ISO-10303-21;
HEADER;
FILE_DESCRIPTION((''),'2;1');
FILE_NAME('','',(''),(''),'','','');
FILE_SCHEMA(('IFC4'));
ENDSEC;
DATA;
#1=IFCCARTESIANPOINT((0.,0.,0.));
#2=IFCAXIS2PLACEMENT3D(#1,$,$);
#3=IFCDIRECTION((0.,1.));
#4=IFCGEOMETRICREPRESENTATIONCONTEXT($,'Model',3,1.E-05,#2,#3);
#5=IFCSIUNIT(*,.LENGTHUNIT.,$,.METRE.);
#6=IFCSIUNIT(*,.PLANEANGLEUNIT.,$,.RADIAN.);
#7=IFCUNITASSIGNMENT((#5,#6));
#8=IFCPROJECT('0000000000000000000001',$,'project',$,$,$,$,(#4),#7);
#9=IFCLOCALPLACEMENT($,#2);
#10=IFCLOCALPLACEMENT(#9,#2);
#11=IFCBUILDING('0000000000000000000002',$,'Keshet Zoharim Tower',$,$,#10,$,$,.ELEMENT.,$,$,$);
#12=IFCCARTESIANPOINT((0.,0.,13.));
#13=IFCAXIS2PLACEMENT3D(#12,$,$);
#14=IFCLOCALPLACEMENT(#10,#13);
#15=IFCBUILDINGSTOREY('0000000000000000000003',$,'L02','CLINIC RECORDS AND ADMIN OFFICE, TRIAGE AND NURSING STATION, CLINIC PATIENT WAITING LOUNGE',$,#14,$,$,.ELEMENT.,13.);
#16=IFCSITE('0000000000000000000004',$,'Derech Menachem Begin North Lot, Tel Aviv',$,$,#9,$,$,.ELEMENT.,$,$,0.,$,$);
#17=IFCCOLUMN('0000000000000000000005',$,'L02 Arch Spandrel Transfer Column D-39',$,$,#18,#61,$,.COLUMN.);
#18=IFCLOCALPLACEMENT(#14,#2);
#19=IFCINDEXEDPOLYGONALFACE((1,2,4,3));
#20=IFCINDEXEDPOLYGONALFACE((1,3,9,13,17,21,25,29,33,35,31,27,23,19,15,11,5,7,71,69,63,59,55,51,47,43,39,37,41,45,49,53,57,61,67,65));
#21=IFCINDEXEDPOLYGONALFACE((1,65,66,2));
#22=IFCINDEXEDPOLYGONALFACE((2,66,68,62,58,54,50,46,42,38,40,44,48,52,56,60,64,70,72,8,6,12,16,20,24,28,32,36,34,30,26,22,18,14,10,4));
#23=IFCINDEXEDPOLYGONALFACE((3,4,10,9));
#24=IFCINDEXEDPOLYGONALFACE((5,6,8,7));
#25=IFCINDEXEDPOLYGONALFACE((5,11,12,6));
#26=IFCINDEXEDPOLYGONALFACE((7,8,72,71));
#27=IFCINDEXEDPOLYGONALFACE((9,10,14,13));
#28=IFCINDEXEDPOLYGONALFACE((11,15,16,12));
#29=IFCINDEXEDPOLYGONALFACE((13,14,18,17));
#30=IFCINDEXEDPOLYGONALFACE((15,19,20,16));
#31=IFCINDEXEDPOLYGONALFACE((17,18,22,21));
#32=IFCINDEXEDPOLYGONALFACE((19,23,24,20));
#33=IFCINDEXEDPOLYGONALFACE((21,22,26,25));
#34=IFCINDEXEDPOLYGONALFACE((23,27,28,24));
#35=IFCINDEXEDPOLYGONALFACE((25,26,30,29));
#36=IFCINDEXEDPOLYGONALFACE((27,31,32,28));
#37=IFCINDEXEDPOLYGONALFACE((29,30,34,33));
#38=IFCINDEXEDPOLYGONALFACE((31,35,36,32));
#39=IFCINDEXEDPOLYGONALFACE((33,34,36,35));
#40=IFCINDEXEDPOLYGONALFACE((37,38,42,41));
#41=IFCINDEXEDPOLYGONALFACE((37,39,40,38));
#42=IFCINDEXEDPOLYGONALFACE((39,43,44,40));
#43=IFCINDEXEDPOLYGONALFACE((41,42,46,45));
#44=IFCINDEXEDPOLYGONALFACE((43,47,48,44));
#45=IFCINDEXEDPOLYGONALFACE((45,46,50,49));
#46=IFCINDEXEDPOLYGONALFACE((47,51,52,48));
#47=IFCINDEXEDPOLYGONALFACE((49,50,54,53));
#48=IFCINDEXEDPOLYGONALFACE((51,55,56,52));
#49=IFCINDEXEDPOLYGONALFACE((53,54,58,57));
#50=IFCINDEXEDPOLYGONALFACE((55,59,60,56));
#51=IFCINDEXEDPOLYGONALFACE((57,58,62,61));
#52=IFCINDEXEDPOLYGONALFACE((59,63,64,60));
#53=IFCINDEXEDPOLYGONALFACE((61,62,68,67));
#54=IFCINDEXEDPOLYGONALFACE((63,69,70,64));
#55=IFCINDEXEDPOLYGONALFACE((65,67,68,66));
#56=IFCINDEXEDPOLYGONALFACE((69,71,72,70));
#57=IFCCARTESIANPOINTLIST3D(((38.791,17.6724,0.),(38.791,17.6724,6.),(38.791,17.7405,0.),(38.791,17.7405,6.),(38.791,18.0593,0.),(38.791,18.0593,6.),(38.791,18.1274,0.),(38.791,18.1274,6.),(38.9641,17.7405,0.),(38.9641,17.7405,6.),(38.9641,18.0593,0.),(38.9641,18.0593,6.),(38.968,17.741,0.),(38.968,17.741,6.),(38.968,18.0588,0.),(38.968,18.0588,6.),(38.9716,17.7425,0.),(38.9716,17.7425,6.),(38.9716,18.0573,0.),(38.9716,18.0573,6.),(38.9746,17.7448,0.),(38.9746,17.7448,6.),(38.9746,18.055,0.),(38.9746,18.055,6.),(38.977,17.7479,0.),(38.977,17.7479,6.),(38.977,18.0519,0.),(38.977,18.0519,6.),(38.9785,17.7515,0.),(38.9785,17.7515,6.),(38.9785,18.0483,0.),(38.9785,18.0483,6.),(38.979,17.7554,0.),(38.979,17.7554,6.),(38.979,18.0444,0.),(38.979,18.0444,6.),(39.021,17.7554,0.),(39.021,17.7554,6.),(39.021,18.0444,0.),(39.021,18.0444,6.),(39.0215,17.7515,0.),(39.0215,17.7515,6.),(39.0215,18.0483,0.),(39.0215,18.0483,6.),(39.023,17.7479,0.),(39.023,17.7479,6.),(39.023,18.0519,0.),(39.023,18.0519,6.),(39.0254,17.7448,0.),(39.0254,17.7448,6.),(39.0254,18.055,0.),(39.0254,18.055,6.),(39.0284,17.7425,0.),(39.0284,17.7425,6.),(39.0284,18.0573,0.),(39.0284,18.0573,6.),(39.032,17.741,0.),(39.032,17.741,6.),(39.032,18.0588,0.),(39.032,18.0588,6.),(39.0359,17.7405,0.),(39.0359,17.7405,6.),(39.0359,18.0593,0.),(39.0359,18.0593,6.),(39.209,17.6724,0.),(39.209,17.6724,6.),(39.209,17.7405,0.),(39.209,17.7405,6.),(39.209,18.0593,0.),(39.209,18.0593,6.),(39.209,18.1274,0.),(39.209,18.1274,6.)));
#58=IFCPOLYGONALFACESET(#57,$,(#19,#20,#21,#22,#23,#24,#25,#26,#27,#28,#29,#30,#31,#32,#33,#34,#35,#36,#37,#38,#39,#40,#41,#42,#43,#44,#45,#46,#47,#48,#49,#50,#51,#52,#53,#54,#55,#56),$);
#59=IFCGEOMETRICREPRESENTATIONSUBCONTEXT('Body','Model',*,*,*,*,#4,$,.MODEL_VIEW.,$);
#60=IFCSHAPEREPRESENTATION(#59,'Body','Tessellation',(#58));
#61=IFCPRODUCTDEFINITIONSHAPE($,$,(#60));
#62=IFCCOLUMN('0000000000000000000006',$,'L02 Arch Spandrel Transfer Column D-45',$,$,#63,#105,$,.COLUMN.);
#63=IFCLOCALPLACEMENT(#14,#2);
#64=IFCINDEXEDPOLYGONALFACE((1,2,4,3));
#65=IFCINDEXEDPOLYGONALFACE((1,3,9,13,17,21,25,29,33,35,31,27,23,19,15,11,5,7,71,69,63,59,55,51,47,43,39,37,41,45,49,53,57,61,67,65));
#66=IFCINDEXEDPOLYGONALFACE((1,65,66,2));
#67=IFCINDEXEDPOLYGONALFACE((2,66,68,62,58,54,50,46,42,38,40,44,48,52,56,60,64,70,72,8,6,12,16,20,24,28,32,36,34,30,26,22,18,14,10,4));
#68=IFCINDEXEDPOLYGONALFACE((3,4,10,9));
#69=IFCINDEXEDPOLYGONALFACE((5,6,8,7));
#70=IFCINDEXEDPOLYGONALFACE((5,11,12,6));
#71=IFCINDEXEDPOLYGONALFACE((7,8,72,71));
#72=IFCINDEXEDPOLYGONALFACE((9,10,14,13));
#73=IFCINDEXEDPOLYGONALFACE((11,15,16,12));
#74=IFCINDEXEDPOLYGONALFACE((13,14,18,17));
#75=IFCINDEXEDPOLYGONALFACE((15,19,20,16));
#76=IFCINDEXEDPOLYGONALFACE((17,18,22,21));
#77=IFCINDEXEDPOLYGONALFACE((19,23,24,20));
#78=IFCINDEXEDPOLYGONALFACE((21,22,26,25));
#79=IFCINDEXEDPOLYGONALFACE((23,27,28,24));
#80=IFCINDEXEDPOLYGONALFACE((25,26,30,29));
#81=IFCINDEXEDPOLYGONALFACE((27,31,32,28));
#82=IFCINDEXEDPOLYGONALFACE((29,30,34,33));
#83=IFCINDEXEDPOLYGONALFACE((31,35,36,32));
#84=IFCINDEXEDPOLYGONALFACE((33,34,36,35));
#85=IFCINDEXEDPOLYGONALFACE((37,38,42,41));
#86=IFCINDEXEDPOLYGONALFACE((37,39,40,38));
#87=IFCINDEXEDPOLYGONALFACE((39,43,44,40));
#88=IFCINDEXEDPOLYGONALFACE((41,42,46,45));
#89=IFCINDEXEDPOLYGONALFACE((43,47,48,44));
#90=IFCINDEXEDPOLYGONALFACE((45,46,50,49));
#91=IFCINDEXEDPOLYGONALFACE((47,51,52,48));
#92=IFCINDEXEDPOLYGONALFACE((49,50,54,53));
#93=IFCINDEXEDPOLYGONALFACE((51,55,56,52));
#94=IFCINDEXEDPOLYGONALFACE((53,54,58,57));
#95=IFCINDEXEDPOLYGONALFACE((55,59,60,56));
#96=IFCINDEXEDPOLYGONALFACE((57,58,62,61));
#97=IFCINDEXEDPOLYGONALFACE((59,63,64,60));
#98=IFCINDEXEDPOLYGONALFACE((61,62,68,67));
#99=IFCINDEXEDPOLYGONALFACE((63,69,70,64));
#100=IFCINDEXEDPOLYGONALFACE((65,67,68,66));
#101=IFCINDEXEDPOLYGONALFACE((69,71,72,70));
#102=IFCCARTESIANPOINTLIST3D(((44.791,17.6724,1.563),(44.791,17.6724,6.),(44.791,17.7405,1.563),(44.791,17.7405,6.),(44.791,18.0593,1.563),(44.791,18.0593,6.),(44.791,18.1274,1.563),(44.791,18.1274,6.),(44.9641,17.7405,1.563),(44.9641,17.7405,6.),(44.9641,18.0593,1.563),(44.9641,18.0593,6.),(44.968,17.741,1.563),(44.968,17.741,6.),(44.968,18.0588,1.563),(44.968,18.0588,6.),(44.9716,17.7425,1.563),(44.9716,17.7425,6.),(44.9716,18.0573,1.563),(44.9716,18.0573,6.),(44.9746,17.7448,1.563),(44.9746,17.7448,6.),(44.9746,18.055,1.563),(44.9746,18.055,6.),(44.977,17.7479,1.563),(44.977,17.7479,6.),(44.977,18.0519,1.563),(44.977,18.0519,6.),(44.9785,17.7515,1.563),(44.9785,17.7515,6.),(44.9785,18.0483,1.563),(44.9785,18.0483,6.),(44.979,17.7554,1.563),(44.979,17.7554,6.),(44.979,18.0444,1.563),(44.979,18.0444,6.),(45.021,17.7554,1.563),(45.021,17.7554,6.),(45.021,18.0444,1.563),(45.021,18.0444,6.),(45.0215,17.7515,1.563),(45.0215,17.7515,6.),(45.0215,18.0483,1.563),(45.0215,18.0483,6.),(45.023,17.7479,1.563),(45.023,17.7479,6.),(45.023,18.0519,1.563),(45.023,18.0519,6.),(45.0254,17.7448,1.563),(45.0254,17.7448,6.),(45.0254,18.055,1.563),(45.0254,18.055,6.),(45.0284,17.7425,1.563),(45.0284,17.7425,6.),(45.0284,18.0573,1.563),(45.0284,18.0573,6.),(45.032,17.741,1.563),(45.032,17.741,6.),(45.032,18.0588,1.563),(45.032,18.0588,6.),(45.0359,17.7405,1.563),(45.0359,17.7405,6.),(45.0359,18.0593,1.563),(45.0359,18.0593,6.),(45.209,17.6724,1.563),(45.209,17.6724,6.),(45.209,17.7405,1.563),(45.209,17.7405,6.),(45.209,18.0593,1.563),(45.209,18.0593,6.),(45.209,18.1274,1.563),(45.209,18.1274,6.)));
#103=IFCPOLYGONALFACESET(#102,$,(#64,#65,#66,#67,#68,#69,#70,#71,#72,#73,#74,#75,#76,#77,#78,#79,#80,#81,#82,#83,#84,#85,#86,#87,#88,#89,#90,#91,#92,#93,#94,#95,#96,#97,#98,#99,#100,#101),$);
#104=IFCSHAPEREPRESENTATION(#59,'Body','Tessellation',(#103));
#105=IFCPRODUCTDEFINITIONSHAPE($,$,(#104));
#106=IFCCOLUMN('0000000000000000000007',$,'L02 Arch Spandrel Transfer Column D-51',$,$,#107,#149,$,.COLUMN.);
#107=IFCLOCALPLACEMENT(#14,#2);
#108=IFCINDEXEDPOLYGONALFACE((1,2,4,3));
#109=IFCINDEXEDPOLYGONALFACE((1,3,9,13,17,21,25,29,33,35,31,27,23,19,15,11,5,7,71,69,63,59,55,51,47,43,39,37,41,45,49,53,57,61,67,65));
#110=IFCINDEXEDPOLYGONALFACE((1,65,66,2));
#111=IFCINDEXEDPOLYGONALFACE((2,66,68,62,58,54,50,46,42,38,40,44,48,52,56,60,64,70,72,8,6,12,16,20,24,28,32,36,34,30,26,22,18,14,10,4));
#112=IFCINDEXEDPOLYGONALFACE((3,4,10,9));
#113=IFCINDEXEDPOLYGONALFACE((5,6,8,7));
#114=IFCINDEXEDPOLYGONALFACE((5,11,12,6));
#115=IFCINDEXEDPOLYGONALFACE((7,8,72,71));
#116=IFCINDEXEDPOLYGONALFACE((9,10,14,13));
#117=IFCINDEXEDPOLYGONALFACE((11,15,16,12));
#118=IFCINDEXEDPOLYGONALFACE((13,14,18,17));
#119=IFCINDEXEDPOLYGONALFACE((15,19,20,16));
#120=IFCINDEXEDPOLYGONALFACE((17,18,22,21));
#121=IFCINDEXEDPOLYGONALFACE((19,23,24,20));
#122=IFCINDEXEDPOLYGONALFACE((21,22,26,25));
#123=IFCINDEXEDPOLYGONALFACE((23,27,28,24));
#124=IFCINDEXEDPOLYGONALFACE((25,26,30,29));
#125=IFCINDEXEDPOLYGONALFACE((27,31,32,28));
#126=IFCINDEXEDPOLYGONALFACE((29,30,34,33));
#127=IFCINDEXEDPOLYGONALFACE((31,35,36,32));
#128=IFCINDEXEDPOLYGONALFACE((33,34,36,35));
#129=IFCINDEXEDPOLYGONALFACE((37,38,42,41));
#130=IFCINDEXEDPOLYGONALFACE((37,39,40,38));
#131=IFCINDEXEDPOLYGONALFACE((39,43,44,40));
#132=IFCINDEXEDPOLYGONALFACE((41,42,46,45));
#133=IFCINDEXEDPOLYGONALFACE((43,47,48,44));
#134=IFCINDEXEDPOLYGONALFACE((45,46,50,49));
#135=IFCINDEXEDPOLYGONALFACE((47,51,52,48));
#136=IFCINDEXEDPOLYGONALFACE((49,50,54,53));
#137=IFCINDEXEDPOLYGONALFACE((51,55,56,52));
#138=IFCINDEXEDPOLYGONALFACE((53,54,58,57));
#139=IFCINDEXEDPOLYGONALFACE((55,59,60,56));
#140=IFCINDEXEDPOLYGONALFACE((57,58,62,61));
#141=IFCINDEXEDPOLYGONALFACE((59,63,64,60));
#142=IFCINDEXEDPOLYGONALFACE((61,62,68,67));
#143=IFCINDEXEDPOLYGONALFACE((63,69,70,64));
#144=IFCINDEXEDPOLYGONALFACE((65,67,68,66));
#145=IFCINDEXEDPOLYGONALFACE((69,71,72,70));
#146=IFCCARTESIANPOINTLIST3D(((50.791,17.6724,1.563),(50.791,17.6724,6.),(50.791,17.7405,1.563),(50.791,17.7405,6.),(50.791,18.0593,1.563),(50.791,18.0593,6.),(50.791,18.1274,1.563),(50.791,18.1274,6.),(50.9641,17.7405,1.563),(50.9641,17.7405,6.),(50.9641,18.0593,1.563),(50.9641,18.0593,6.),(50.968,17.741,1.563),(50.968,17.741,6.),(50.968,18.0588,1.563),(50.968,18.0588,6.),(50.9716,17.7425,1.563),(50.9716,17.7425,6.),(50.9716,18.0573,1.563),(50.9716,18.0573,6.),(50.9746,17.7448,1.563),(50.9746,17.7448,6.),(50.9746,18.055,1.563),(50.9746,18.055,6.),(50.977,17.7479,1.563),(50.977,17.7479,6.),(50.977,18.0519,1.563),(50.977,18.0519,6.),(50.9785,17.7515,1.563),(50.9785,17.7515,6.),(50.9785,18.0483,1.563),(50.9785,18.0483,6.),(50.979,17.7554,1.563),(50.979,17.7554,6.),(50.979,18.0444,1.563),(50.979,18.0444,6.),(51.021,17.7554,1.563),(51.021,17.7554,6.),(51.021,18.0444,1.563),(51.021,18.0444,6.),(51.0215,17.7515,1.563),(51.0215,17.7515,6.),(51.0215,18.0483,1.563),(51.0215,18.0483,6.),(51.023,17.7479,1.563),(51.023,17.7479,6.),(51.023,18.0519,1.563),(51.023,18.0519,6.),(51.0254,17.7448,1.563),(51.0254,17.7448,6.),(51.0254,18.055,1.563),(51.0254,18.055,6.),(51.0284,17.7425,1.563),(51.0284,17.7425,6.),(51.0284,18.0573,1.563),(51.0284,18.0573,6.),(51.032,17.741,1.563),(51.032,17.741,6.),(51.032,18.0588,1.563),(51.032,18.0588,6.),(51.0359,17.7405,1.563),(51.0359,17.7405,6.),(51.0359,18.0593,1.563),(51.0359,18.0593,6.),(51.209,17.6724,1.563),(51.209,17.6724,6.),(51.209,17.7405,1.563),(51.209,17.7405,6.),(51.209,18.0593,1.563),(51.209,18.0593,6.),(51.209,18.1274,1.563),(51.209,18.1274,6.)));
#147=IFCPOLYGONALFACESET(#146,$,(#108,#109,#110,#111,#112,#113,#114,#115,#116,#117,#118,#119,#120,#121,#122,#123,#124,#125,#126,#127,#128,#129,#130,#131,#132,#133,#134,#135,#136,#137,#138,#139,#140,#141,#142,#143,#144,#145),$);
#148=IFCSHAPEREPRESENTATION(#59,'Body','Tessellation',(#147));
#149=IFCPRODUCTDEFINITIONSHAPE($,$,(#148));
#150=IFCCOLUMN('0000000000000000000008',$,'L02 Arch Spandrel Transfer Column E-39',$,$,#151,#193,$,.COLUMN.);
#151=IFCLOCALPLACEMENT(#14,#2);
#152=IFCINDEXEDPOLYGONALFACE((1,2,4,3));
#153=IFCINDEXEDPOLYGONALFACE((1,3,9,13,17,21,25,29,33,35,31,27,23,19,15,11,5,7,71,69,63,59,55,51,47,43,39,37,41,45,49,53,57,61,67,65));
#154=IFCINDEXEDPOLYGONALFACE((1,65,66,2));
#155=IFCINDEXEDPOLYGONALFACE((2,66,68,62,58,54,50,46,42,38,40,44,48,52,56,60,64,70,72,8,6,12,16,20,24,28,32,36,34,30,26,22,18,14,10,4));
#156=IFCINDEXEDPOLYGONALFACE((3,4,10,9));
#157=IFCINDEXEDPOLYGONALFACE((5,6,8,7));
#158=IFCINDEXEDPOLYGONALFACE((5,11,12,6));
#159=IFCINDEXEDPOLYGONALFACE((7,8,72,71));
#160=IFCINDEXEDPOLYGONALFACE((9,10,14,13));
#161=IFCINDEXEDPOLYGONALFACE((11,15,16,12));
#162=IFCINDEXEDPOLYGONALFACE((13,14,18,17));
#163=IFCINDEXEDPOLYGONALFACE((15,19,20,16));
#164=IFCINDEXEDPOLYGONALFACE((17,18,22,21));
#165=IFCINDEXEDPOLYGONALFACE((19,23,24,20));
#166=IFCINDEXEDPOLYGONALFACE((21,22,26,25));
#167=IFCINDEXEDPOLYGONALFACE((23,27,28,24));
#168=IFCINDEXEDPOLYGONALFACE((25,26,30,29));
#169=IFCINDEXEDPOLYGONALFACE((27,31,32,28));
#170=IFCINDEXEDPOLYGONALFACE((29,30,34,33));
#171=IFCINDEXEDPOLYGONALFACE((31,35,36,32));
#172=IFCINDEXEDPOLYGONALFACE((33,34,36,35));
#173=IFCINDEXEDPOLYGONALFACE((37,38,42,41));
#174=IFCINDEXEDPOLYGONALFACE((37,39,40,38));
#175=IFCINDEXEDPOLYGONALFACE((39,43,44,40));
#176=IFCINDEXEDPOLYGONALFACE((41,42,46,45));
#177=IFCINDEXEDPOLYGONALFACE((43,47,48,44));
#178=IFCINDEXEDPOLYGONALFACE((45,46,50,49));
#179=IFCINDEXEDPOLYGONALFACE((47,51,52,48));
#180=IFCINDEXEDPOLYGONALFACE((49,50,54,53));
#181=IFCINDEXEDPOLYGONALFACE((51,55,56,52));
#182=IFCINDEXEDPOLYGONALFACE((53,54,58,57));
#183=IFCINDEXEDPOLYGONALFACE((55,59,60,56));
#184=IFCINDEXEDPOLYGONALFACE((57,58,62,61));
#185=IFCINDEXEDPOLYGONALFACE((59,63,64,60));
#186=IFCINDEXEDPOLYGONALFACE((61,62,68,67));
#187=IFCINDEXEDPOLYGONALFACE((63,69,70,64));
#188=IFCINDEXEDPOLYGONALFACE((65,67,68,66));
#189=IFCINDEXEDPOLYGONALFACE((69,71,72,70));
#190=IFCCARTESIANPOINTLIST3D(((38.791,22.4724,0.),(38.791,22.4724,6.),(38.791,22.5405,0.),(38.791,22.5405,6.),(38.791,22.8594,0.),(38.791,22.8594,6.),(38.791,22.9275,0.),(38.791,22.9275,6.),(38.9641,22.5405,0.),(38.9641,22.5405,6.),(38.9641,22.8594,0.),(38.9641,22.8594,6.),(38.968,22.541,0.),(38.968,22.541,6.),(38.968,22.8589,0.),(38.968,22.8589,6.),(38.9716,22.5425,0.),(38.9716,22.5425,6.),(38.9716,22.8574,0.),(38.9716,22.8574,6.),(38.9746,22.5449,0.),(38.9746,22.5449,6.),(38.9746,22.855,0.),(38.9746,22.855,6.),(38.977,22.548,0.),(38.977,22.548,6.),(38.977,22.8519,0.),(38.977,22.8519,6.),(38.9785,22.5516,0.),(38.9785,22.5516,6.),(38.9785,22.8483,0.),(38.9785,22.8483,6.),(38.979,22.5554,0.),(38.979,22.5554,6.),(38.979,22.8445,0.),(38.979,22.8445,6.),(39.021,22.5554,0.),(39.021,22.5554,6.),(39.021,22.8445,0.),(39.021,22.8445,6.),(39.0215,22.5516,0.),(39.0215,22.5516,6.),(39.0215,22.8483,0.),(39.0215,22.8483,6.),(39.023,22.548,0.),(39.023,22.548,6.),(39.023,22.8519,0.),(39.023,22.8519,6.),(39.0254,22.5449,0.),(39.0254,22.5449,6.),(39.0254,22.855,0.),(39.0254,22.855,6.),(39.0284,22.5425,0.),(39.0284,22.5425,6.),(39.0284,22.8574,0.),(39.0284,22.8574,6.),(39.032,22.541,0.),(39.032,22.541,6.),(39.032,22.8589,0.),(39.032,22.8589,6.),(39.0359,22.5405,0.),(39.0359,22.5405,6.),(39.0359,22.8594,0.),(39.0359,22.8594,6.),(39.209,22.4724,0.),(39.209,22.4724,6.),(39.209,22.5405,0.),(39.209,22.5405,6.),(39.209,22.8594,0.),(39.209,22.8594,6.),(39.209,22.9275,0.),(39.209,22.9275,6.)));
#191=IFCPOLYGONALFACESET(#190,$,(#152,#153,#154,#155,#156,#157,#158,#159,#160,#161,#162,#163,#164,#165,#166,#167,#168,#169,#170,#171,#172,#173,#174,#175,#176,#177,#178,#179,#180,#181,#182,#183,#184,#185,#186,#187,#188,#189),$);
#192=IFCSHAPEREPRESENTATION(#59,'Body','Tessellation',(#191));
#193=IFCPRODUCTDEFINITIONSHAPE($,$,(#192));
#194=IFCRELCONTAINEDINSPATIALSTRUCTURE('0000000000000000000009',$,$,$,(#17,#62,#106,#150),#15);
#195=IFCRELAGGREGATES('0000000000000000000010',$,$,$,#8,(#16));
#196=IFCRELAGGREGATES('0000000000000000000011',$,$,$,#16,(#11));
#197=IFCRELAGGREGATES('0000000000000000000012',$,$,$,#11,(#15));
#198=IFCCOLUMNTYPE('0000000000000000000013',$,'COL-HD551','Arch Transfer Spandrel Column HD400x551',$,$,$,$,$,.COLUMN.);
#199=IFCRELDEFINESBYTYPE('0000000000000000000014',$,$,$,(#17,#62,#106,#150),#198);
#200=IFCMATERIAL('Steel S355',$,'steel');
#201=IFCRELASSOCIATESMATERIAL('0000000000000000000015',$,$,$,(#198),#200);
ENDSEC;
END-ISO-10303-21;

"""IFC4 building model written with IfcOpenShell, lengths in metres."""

from ifc_helpers import new_model, si_unit, direction, frame, origin, origin_2d, place, context, subcontext, project, spatial, i_section, extrude, material, material_profile, profile_set, type_object, element, save


model = new_model("IFC4")

# Units and contexts
model_context = context("Model", 3, precision=1e-05, world=origin(), true_north=direction((0.0, 1.0)))
body_context = subcontext(model_context, "Body", "Model", "MODEL_VIEW")
ifc_project = project(units=[si_unit("LENGTHUNIT", "METRE"), si_unit("PLANEANGLEUNIT", "RADIAN")], contexts=[model_context])

# Site, building, storey
site_placement = place(None, origin())
site = spatial("IfcSite", under=ifc_project, at=site_placement, Name="Derech Menachem Begin North Lot, Tel Aviv", CompositionType="ELEMENT", RefElevation=0.0)
building_placement = place(site_placement, origin())
building = spatial("IfcBuilding", under=site, at=building_placement, Name="Keshet Zoharim Tower", CompositionType="ELEMENT")
storey_placement = place(building_placement, frame((0.0, 0.0, 13.0)))
storey = spatial("IfcBuildingStorey", under=building, at=storey_placement, Name="L02", Description="CLINIC RECORDS AND ADMIN OFFICE, TRIAGE AND NURSING STATION, CLINIC PATIENT WAITING LOUNGE", CompositionType="ELEMENT", Elevation=13.0)

# Columns
ifc_material_1 = material(Name="Steel S355", Category="steel")
ifc_material_profile_1 = material_profile(ifc_material_1, i_section(OverallWidth=0.418, OverallDepth=0.4551, WebThickness=0.042, FlangeThickness=0.0681, FilletRadius=0.0149, at=origin_2d()), Name="HD400x551")
ifc_profile_set_1 = profile_set([ifc_material_profile_1], Name="Steel S355")
column_type = type_object("IfcColumnType", Name="COL-HD551", Description="Arch Transfer Spandrel Column HD400x551", PredefinedType="COLUMN", material=ifc_profile_set_1)
column_1_placement = place(storey_placement, frame((39.0, 17.8999, 0.0), z_axis=(0.0, 0.0, 1.0), x_axis=(1.0, 0.0, 0.0)))
element("IfcColumn", 1, at=column_1_placement, inside=storey, type_object=column_type, Name="L02 Arch Spandrel Transfer Column D-39", PredefinedType="COLUMN", context=body_context, shape_type="SweptSolid", body=[
    extrude(i_section(OverallWidth=0.418, OverallDepth=0.4551, WebThickness=0.042, FlangeThickness=0.0681, FilletRadius=0.0149, at=origin_2d()), origin(), (0.0, 0.0, 1.0), 6.0),
])
for number, where, z_axis, x_axis, name in (
    (2, (45.0, 17.8999, 1.563), (0.0, 0.0, 1.0), (1.0, 0.0, 0.0), "L02 Arch Spandrel Transfer Column D-45"),
    (3, (51.0, 17.8999, 1.563), (0.0, 0.0, 1.0), (1.0, 0.0, 0.0), "L02 Arch Spandrel Transfer Column D-51"),
):
    element("IfcColumn", number, at=place(storey_placement, frame(where, z_axis=z_axis, x_axis=x_axis)), inside=storey, type_object=column_type, Name=name, PredefinedType="COLUMN", context=body_context, shape_type="SweptSolid", body=[
        extrude(i_section(OverallWidth=0.418, OverallDepth=0.4551, WebThickness=0.042, FlangeThickness=0.0681, FilletRadius=0.0149, at=origin_2d()), origin(), (0.0, 0.0, 1.0), 4.437),
    ])
column_2_placement = place(storey_placement, frame((39.0, 22.7, 0.0), z_axis=(0.0, 0.0, 1.0), x_axis=(1.0, 0.0, 0.0)))
element("IfcColumn", 4, at=column_2_placement, inside=storey, type_object=column_type, Name="L02 Arch Spandrel Transfer Column E-39", PredefinedType="COLUMN", context=body_context, shape_type="SweptSolid", body=[
    extrude(i_section(OverallWidth=0.418, OverallDepth=0.4551, WebThickness=0.042, FlangeThickness=0.0681, FilletRadius=0.0149, at=origin_2d()), origin(), (0.0, 0.0, 1.0), 6.0),
])

save(model, "model.ifc")
